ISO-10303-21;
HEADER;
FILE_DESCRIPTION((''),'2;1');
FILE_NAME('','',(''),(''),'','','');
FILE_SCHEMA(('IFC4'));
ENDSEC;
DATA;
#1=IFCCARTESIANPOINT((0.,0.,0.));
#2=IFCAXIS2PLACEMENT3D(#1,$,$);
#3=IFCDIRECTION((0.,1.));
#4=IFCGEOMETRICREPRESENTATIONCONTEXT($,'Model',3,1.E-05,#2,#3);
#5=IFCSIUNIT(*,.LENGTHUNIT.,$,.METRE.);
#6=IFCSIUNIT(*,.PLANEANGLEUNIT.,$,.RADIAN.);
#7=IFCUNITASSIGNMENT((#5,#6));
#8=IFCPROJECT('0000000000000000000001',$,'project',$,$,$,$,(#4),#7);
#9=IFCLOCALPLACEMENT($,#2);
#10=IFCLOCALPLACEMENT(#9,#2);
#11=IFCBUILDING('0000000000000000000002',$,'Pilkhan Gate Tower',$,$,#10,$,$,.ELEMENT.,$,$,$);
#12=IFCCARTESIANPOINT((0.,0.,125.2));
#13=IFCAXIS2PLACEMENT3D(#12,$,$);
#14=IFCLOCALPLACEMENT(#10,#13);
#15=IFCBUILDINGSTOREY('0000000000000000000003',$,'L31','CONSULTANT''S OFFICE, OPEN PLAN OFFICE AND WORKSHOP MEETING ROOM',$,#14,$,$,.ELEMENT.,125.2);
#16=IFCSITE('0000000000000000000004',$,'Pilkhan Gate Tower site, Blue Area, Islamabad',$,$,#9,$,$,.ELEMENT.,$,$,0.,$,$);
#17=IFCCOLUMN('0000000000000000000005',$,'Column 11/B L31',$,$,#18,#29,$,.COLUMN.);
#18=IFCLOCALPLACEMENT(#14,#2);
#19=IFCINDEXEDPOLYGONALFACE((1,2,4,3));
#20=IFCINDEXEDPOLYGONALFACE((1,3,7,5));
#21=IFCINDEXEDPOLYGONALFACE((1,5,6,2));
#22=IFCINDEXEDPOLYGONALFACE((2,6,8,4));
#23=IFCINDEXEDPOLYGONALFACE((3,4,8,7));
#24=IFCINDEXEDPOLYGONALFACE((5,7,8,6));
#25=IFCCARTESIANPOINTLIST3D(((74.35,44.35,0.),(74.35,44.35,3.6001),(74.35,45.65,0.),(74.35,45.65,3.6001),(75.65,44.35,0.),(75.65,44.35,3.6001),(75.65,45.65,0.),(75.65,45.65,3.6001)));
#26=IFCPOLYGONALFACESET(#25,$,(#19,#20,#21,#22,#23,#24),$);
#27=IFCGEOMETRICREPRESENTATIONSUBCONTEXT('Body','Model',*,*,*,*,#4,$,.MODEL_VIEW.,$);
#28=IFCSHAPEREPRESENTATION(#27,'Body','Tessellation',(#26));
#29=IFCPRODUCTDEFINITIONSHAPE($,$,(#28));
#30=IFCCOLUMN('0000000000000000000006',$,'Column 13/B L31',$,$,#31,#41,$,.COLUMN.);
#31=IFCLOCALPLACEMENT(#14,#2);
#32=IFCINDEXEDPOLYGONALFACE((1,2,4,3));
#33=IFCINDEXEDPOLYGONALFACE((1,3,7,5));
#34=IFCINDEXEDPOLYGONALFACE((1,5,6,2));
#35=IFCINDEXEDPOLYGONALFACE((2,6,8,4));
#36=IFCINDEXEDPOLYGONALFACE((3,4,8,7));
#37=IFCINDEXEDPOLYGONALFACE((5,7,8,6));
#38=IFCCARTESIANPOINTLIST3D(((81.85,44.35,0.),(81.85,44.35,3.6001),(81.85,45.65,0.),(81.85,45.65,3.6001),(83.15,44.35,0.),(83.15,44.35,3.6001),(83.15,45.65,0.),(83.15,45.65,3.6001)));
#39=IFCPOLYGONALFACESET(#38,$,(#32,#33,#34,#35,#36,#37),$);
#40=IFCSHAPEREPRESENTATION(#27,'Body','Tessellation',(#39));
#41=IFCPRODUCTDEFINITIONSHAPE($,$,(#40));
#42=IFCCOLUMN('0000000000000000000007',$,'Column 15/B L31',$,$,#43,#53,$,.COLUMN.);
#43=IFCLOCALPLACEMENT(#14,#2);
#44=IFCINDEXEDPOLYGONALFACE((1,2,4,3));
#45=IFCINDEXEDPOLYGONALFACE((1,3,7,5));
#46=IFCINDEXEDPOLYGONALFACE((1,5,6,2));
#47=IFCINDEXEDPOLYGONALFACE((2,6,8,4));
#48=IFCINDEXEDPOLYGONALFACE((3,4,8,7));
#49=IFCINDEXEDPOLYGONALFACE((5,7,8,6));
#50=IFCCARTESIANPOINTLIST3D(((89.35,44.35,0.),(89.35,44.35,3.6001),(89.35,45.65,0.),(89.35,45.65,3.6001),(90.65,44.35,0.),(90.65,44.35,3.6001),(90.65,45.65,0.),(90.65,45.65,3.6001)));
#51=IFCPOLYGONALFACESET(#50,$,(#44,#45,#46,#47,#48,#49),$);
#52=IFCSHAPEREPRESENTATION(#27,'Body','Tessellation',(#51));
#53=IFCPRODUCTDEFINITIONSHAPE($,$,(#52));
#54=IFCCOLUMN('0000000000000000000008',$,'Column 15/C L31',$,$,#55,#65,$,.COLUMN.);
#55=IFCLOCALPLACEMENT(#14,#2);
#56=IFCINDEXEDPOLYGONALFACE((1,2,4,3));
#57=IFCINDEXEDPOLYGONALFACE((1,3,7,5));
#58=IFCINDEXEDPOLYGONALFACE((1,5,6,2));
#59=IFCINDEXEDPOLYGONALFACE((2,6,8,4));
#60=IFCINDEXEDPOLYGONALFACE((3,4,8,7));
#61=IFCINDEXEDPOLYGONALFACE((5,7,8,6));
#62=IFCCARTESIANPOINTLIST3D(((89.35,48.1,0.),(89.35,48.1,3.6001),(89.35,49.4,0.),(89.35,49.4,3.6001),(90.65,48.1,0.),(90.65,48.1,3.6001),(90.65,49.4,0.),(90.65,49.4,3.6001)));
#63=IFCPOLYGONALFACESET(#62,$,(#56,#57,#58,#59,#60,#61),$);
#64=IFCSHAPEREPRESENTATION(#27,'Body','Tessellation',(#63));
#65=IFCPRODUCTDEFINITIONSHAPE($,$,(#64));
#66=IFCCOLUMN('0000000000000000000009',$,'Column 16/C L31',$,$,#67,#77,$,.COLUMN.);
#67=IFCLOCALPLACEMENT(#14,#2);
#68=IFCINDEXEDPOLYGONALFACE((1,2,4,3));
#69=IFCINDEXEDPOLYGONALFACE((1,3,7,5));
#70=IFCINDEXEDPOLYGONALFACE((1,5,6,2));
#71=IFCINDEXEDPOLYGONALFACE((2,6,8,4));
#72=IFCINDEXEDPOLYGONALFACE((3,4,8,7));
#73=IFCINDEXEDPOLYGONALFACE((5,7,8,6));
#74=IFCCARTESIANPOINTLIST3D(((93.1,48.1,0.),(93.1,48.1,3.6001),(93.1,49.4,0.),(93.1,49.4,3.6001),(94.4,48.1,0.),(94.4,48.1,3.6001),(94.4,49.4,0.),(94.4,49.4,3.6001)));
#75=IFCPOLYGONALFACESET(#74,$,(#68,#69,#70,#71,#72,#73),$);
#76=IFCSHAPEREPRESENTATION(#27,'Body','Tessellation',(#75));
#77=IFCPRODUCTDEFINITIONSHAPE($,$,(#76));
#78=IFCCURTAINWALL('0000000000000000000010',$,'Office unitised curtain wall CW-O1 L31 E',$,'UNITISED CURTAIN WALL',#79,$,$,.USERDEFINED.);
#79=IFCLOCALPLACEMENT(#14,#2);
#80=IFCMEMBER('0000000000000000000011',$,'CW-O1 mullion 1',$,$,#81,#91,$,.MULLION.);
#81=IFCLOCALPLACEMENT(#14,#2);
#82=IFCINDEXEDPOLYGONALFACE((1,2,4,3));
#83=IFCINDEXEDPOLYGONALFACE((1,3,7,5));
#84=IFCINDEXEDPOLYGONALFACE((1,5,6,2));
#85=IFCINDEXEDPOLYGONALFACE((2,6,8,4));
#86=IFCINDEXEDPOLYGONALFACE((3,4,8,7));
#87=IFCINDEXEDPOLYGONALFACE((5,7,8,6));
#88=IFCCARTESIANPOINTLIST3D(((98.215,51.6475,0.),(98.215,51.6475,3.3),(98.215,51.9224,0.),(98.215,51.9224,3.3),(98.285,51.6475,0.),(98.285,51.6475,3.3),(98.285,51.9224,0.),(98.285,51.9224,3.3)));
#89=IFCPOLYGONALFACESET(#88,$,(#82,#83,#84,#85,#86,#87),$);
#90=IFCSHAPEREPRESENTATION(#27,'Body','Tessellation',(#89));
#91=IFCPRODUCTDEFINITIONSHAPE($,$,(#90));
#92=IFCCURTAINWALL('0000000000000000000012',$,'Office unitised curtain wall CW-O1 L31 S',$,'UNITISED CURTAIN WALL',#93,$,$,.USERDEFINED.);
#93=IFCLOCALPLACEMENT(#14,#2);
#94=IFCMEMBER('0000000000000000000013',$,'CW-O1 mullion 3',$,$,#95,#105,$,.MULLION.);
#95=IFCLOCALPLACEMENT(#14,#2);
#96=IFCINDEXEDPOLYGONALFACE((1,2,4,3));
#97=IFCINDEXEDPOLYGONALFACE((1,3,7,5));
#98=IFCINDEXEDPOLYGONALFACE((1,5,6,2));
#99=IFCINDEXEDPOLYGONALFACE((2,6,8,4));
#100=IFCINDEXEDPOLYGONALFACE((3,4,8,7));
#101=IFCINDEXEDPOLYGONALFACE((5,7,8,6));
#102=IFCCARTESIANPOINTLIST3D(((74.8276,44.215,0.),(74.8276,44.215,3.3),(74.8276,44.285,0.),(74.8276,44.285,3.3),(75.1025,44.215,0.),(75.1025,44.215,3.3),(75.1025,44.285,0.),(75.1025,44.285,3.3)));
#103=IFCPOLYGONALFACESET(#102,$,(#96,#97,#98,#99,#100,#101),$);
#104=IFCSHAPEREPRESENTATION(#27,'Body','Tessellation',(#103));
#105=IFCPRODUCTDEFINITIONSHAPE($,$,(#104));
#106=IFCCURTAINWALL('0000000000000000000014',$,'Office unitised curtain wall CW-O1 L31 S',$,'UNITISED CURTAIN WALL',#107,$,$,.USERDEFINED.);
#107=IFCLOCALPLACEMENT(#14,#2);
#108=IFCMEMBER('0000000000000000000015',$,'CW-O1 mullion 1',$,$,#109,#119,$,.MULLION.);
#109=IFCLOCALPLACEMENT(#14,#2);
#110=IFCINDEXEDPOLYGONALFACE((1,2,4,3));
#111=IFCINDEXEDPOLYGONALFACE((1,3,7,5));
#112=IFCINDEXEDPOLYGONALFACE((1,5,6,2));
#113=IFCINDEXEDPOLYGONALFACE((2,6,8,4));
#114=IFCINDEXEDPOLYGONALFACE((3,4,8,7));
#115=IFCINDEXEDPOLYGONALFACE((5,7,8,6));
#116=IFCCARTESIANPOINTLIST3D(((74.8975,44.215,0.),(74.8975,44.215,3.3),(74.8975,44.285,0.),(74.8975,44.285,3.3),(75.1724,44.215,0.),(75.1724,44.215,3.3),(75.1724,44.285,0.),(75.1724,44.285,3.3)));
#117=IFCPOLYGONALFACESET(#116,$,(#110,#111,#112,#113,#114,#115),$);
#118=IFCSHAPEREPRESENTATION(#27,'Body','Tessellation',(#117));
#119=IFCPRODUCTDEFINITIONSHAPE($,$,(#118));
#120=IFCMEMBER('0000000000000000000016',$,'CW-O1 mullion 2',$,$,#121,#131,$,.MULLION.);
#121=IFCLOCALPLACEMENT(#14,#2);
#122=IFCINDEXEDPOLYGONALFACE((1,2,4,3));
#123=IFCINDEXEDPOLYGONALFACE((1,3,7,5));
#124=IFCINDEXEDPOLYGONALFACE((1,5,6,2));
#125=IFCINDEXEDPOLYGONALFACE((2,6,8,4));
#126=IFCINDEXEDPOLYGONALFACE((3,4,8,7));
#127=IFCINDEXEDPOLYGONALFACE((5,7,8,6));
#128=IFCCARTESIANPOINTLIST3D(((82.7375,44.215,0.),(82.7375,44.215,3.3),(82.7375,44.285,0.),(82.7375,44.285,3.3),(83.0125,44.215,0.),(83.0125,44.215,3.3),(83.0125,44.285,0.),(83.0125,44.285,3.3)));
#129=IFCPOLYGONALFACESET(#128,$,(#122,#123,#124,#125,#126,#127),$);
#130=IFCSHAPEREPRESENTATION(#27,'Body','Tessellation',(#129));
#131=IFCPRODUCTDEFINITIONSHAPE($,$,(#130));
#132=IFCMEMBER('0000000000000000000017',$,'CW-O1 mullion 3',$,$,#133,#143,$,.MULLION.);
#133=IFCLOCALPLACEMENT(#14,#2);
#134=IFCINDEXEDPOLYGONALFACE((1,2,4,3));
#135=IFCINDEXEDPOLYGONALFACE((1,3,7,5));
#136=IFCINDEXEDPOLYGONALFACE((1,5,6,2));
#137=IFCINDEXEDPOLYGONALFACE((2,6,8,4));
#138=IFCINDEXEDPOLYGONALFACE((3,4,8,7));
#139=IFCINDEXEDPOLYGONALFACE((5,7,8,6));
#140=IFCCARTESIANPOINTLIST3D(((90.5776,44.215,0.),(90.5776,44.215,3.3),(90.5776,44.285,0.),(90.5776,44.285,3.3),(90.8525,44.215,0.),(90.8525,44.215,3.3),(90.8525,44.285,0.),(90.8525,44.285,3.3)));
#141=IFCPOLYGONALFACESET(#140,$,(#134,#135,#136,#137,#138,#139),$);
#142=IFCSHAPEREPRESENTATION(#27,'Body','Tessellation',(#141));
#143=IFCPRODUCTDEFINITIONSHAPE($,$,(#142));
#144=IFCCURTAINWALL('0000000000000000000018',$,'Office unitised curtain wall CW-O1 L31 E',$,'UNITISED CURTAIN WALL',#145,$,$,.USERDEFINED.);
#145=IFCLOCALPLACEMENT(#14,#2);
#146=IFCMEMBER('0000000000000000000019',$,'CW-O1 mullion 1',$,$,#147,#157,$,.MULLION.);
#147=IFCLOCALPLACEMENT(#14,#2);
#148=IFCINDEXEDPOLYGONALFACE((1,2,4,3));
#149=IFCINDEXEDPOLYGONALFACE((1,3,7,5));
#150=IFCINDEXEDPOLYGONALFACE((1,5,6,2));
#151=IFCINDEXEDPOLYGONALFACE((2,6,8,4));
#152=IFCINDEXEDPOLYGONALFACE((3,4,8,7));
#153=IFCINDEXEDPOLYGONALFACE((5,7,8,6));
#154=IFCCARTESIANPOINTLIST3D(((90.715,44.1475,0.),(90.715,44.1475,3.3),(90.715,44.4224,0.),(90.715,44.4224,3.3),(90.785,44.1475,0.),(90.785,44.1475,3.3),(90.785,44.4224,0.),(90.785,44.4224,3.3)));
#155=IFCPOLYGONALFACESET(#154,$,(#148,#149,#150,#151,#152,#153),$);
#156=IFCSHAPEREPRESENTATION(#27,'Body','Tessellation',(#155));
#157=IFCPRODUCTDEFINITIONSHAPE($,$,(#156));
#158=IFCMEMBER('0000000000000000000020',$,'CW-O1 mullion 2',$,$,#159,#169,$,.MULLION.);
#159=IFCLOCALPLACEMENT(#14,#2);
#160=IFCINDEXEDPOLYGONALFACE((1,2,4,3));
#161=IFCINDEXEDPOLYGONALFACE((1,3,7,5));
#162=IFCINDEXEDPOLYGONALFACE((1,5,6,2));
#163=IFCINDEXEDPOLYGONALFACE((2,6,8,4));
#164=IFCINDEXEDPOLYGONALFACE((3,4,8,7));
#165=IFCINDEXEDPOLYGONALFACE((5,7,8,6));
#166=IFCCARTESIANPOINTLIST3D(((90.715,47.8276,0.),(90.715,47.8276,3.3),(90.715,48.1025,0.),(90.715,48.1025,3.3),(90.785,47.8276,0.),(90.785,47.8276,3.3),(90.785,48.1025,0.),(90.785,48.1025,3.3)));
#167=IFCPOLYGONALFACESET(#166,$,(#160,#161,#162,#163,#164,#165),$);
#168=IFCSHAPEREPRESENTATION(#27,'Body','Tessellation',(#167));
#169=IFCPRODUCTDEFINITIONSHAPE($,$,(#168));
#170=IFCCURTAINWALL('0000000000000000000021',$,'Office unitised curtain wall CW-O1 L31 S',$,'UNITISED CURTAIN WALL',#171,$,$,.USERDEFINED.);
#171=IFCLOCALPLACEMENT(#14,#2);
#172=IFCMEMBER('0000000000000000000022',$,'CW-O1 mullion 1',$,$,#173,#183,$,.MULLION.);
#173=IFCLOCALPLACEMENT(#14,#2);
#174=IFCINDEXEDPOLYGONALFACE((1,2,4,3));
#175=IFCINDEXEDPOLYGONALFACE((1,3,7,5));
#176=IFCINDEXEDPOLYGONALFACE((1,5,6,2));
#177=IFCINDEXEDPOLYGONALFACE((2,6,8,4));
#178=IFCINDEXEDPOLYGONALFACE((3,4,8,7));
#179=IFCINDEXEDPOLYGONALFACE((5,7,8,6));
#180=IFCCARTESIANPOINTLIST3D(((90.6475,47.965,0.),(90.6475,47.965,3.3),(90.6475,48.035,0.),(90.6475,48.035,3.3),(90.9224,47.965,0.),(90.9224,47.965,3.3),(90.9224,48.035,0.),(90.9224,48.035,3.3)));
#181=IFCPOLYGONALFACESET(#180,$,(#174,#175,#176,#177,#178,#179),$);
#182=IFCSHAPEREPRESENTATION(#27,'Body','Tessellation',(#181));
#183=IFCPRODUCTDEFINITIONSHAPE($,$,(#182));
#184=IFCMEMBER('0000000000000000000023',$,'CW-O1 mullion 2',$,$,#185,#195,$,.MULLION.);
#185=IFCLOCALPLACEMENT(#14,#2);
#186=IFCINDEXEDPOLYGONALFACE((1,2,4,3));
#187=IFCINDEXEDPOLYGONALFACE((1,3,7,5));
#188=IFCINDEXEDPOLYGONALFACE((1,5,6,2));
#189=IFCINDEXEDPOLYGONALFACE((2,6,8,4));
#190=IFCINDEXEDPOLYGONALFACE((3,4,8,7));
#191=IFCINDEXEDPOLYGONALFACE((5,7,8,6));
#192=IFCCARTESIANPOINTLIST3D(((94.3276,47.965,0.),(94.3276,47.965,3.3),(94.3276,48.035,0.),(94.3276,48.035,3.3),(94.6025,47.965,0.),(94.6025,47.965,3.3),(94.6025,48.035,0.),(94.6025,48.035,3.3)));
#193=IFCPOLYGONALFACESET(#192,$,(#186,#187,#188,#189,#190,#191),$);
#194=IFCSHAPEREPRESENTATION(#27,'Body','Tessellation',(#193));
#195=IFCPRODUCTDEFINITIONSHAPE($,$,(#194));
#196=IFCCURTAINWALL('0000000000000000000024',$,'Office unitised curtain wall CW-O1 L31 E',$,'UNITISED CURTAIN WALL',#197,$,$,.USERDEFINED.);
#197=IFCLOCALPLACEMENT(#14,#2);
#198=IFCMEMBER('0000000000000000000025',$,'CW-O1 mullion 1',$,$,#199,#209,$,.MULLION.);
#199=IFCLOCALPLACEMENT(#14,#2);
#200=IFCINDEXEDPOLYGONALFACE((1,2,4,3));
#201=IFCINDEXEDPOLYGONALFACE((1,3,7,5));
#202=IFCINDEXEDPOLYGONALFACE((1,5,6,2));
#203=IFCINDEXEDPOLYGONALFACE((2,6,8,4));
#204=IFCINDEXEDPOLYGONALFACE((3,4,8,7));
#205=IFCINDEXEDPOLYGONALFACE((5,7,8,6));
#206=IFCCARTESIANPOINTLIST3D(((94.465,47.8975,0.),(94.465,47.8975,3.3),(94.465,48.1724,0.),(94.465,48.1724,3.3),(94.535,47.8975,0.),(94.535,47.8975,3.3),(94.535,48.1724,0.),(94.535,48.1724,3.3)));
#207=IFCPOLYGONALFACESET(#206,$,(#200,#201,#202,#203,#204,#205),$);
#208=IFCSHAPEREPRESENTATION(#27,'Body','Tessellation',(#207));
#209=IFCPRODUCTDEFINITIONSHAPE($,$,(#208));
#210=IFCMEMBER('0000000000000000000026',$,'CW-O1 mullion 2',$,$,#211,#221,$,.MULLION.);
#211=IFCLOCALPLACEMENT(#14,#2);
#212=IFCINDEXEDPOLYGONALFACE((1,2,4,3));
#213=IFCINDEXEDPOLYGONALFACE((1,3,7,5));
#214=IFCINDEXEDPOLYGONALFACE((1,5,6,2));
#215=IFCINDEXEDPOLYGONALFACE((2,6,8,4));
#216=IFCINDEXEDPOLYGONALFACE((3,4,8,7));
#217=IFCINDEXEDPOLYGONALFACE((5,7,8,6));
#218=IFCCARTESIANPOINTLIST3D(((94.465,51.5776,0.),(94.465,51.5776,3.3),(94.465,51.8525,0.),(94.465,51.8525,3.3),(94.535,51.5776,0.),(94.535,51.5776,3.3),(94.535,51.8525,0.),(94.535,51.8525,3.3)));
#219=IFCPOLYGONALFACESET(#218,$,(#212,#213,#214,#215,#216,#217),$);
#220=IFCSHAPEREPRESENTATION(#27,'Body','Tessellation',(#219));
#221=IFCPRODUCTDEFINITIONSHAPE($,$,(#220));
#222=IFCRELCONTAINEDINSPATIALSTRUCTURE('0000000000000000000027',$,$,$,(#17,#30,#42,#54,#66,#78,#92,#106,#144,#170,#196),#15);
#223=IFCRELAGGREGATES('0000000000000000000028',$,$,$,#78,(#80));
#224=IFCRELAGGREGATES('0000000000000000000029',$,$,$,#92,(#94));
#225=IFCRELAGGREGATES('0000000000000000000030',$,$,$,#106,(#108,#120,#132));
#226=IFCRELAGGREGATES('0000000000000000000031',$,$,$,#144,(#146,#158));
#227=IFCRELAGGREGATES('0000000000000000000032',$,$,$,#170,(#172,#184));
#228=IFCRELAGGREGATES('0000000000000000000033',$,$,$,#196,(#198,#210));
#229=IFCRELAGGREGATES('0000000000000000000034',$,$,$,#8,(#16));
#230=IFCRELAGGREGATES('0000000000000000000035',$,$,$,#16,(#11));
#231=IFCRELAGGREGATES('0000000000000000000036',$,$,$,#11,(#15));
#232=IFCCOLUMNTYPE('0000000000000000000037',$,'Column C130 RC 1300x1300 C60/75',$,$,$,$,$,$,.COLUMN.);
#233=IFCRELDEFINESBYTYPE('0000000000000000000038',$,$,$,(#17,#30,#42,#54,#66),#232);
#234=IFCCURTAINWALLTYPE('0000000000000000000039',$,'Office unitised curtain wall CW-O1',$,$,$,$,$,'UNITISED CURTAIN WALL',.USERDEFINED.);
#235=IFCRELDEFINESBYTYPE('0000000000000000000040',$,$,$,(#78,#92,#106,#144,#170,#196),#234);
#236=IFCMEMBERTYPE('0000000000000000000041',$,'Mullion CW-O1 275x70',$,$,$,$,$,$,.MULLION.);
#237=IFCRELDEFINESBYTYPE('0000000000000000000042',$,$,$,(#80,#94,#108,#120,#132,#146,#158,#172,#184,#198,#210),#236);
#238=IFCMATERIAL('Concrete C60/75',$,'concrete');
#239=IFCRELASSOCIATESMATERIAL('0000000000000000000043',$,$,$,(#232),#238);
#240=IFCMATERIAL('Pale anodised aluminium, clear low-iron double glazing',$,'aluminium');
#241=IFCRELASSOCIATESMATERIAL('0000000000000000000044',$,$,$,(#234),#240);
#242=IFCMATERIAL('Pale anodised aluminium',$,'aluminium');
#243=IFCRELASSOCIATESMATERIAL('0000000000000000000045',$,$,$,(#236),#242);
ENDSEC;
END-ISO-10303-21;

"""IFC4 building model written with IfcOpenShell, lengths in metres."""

from ifc_helpers import new_model, si_unit, direction, frame, origin, origin_2d, place, context, subcontext, project, spatial, rectangle, extrude, material, material_profile, profile_set, type_object, element, aggregate, save


model = new_model("IFC4")

# Units and contexts
model_context = context("Model", 3, precision=1e-05, world=origin(), true_north=direction((0.0, 1.0)))
body_context = subcontext(model_context, "Body", "Model", "MODEL_VIEW")
ifc_project = project(units=[si_unit("LENGTHUNIT", "METRE"), si_unit("PLANEANGLEUNIT", "RADIAN")], contexts=[model_context])

# Site, building, storey
site_placement = place(None, origin())
site = spatial("IfcSite", under=ifc_project, at=site_placement, Name="Pilkhan Gate Tower site, Blue Area, Islamabad", CompositionType="ELEMENT", RefElevation=0.0)
building_placement = place(site_placement, origin())
building = spatial("IfcBuilding", under=site, at=building_placement, Name="Pilkhan Gate Tower", CompositionType="ELEMENT")
storey_placement = place(building_placement, frame((0.0, 0.0, 125.2)))
storey = spatial("IfcBuildingStorey", under=building, at=storey_placement, Name="L31", Description="CONSULTANT'S OFFICE, OPEN PLAN OFFICE AND WORKSHOP MEETING ROOM", CompositionType="ELEMENT", Elevation=125.2)

# Columns
ifc_material_1 = material(Name="Concrete C60/75", Category="concrete")
ifc_material_profile_1 = material_profile(ifc_material_1, rectangle(XDim=1.3, YDim=1.3, at=origin_2d()), Name="RC 1300x1300")
ifc_profile_set_1 = profile_set([ifc_material_profile_1], Name="Concrete C60/75")
column_type = type_object("IfcColumnType", Name="Column C130 RC 1300x1300 C60/75", PredefinedType="COLUMN", material=ifc_profile_set_1)
for number, where, z_axis, x_axis, name in (
    (1, (75.0, 45.0, 0.0), (0.0, 0.0, 1.0), (1.0, 0.0, 0.0), "Column 11/B L31"),
    (2, (82.5, 45.0, 0.0), (0.0, 0.0, 1.0), (1.0, 0.0, 0.0), "Column 13/B L31"),
    (3, (90.0, 45.0, 0.0), (0.0, 0.0, 1.0), (1.0, 0.0, 0.0), "Column 15/B L31"),
    (4, (90.0, 48.75, 0.0), (0.0, 0.0, 1.0), (1.0, 0.0, 0.0), "Column 15/C L31"),
    (5, (93.75, 48.75, 0.0), (0.0, 0.0, 1.0), (1.0, 0.0, 0.0), "Column 16/C L31"),
):
    element("IfcColumn", number, at=place(storey_placement, frame(where, z_axis=z_axis, x_axis=x_axis)), inside=storey, type_object=column_type, Name=name, PredefinedType="COLUMN", context=body_context, shape_type="SweptSolid", body=[
        extrude(rectangle(XDim=1.3, YDim=1.3, at=origin_2d()), origin(), (0.0, 0.0, 1.0), 3.6001),
    ])

# Curtain walls, members
ifc_material_2 = material(Name="Pale anodised aluminium, clear low-iron double glazing", Category="aluminium")
curtain_wall_type = type_object("IfcCurtainWallType", Name="Office unitised curtain wall CW-O1", ElementType="UNITISED CURTAIN WALL", PredefinedType="USERDEFINED", material=ifc_material_2)
curtain_wall_1_placement = place(storey_placement, origin())
curtain_wall_1 = element("IfcCurtainWall", 6, at=curtain_wall_1_placement, inside=storey, type_object=curtain_wall_type, Name="Office unitised curtain wall CW-O1 L31 E", ObjectType="UNITISED CURTAIN WALL", PredefinedType="USERDEFINED")
ifc_material_3 = material(Name="Pale anodised aluminium", Category="aluminium")
ifc_material_profile_2 = material_profile(ifc_material_3, rectangle(XDim=0.0701, YDim=0.2749, at=origin_2d()), Name="Mullion 275x70")
ifc_profile_set_2 = profile_set([ifc_material_profile_2], Name="Pale anodised aluminium")
member_type_1 = type_object("IfcMemberType", Name="Mullion CW-O1 275x70", PredefinedType="MULLION", material=ifc_profile_set_2)
member_1_placement = place(storey_placement, frame((98.25, 51.7849, 0.0), z_axis=(0.0, 0.0, 1.0), x_axis=(-1.0, 0.0, 0.0)))
member_1 = element("IfcMember", 7, at=member_1_placement, type_object=member_type_1, Name="CW-O1 mullion 1", PredefinedType="MULLION", context=body_context, shape_type="SweptSolid", body=[
    extrude(rectangle(XDim=0.0701, YDim=0.2749, at=origin_2d()), origin(), (0.0, 0.0, 1.0), 3.3),
])
aggregate(curtain_wall_1, [member_1])
curtain_wall_2_placement = place(storey_placement, origin())
curtain_wall_2 = element("IfcCurtainWall", 8, at=curtain_wall_2_placement, inside=storey, type_object=curtain_wall_type, Name="Office unitised curtain wall CW-O1 L31 S", ObjectType="UNITISED CURTAIN WALL", PredefinedType="USERDEFINED")
member_2_placement = place(storey_placement, frame((74.9651, 44.25, 0.0), z_axis=(0.0, 0.0, 1.0), x_axis=(0.0, 1.0, 0.0)))
member_2 = element("IfcMember", 9, at=member_2_placement, type_object=member_type_1, Name="CW-O1 mullion 3", PredefinedType="MULLION", context=body_context, shape_type="SweptSolid", body=[
    extrude(rectangle(XDim=0.0701, YDim=0.2749, at=origin_2d()), origin(), (0.0, 0.0, 1.0), 3.3),
])
aggregate(curtain_wall_2, [member_2])

# Curtain walls, members
curtain_wall_3_placement = place(storey_placement, origin())
curtain_wall_3 = element("IfcCurtainWall", 10, at=curtain_wall_3_placement, inside=storey, type_object=curtain_wall_type, Name="Office unitised curtain wall CW-O1 L31 S", ObjectType="UNITISED CURTAIN WALL", PredefinedType="USERDEFINED")
member_3_placement = place(storey_placement, frame((75.0349, 44.25, 0.0), z_axis=(0.0, 0.0, 1.0), x_axis=(0.0, 1.0, 0.0)))
member_3 = element("IfcMember", 11, at=member_3_placement, type_object=member_type_1, Name="CW-O1 mullion 1", PredefinedType="MULLION", context=body_context, shape_type="SweptSolid", body=[
    extrude(rectangle(XDim=0.0701, YDim=0.2749, at=origin_2d()), origin(), (0.0, 0.0, 1.0), 3.3),
])
member_4_placement = place(storey_placement, frame((82.875, 44.25, 0.0), z_axis=(0.0, 0.0, 1.0), x_axis=(0.0, 1.0, 0.0)))
member_4 = element("IfcMember", 12, at=member_4_placement, type_object=member_type_1, Name="CW-O1 mullion 2", PredefinedType="MULLION", context=body_context, shape_type="SweptSolid", body=[
    extrude(rectangle(XDim=0.0701, YDim=0.2749, at=origin_2d()), origin(), (0.0, 0.0, 1.0), 3.3),
])
member_5_placement = place(storey_placement, frame((90.7151, 44.25, 0.0), z_axis=(0.0, 0.0, 1.0), x_axis=(0.0, 1.0, 0.0)))
member_5 = element("IfcMember", 13, at=member_5_placement, type_object=member_type_1, Name="CW-O1 mullion 3", PredefinedType="MULLION", context=body_context, shape_type="SweptSolid", body=[
    extrude(rectangle(XDim=0.0701, YDim=0.2749, at=origin_2d()), origin(), (0.0, 0.0, 1.0), 3.3),
])
curtain_wall_4_placement = place(storey_placement, origin())
curtain_wall_4 = element("IfcCurtainWall", 14, at=curtain_wall_4_placement, inside=storey, type_object=curtain_wall_type, Name="Office unitised curtain wall CW-O1 L31 E", ObjectType="UNITISED CURTAIN WALL", PredefinedType="USERDEFINED")
member_6_placement = place(storey_placement, frame((90.75, 44.2849, 0.0), z_axis=(0.0, 0.0, 1.0), x_axis=(-1.0, 0.0, 0.0)))
member_6 = element("IfcMember", 15, at=member_6_placement, type_object=member_type_1, Name="CW-O1 mullion 1", PredefinedType="MULLION", context=body_context, shape_type="SweptSolid", body=[
    extrude(rectangle(XDim=0.0701, YDim=0.2749, at=origin_2d()), origin(), (0.0, 0.0, 1.0), 3.3),
])
member_7_placement = place(storey_placement, frame((90.75, 47.9651, 0.0), z_axis=(0.0, 0.0, 1.0), x_axis=(-1.0, 0.0, 0.0)))
member_7 = element("IfcMember", 16, at=member_7_placement, type_object=member_type_1, Name="CW-O1 mullion 2", PredefinedType="MULLION", context=body_context, shape_type="SweptSolid", body=[
    extrude(rectangle(XDim=0.0701, YDim=0.2749, at=origin_2d()), origin(), (0.0, 0.0, 1.0), 3.3),
])
curtain_wall_5_placement = place(storey_placement, origin())
curtain_wall_5 = element("IfcCurtainWall", 17, at=curtain_wall_5_placement, inside=storey, type_object=curtain_wall_type, Name="Office unitised curtain wall CW-O1 L31 S", ObjectType="UNITISED CURTAIN WALL", PredefinedType="USERDEFINED")
member_8_placement = place(storey_placement, frame((90.7849, 48.0, 0.0), z_axis=(0.0, 0.0, 1.0), x_axis=(0.0, 1.0, 0.0)))
member_8 = element("IfcMember", 18, at=member_8_placement, type_object=member_type_1, Name="CW-O1 mullion 1", PredefinedType="MULLION", context=body_context, shape_type="SweptSolid", body=[
    extrude(rectangle(XDim=0.0701, YDim=0.2749, at=origin_2d()), origin(), (0.0, 0.0, 1.0), 3.3),
])
member_9_placement = place(storey_placement, frame((94.4651, 48.0, 0.0), z_axis=(0.0, 0.0, 1.0), x_axis=(0.0, 1.0, 0.0)))
member_9 = element("IfcMember", 19, at=member_9_placement, type_object=member_type_1, Name="CW-O1 mullion 2", PredefinedType="MULLION", context=body_context, shape_type="SweptSolid", body=[
    extrude(rectangle(XDim=0.0701, YDim=0.2749, at=origin_2d()), origin(), (0.0, 0.0, 1.0), 3.3),
])
curtain_wall_6_placement = place(storey_placement, origin())
curtain_wall_6 = element("IfcCurtainWall", 20, at=curtain_wall_6_placement, inside=storey, type_object=curtain_wall_type, Name="Office unitised curtain wall CW-O1 L31 E", ObjectType="UNITISED CURTAIN WALL", PredefinedType="USERDEFINED")
member_10_placement = place(storey_placement, frame((94.5, 48.0349, 0.0), z_axis=(0.0, 0.0, 1.0), x_axis=(-1.0, 0.0, 0.0)))
member_10 = element("IfcMember", 21, at=member_10_placement, type_object=member_type_1, Name="CW-O1 mullion 1", PredefinedType="MULLION", context=body_context, shape_type="SweptSolid", body=[
    extrude(rectangle(XDim=0.0701, YDim=0.2749, at=origin_2d()), origin(), (0.0, 0.0, 1.0), 3.3),
])
member_11_placement = place(storey_placement, frame((94.5, 51.7151, 0.0), z_axis=(0.0, 0.0, 1.0), x_axis=(-1.0, 0.0, 0.0)))
member_11 = element("IfcMember", 22, at=member_11_placement, type_object=member_type_1, Name="CW-O1 mullion 2", PredefinedType="MULLION", context=body_context, shape_type="SweptSolid", body=[
    extrude(rectangle(XDim=0.0701, YDim=0.2749, at=origin_2d()), origin(), (0.0, 0.0, 1.0), 3.3),
])

aggregate(curtain_wall_3, [member_3, member_4, member_5])
aggregate(curtain_wall_4, [member_6, member_7])
aggregate(curtain_wall_5, [member_8, member_9])
aggregate(curtain_wall_6, [member_10, member_11])

save(model, "model.ifc")
